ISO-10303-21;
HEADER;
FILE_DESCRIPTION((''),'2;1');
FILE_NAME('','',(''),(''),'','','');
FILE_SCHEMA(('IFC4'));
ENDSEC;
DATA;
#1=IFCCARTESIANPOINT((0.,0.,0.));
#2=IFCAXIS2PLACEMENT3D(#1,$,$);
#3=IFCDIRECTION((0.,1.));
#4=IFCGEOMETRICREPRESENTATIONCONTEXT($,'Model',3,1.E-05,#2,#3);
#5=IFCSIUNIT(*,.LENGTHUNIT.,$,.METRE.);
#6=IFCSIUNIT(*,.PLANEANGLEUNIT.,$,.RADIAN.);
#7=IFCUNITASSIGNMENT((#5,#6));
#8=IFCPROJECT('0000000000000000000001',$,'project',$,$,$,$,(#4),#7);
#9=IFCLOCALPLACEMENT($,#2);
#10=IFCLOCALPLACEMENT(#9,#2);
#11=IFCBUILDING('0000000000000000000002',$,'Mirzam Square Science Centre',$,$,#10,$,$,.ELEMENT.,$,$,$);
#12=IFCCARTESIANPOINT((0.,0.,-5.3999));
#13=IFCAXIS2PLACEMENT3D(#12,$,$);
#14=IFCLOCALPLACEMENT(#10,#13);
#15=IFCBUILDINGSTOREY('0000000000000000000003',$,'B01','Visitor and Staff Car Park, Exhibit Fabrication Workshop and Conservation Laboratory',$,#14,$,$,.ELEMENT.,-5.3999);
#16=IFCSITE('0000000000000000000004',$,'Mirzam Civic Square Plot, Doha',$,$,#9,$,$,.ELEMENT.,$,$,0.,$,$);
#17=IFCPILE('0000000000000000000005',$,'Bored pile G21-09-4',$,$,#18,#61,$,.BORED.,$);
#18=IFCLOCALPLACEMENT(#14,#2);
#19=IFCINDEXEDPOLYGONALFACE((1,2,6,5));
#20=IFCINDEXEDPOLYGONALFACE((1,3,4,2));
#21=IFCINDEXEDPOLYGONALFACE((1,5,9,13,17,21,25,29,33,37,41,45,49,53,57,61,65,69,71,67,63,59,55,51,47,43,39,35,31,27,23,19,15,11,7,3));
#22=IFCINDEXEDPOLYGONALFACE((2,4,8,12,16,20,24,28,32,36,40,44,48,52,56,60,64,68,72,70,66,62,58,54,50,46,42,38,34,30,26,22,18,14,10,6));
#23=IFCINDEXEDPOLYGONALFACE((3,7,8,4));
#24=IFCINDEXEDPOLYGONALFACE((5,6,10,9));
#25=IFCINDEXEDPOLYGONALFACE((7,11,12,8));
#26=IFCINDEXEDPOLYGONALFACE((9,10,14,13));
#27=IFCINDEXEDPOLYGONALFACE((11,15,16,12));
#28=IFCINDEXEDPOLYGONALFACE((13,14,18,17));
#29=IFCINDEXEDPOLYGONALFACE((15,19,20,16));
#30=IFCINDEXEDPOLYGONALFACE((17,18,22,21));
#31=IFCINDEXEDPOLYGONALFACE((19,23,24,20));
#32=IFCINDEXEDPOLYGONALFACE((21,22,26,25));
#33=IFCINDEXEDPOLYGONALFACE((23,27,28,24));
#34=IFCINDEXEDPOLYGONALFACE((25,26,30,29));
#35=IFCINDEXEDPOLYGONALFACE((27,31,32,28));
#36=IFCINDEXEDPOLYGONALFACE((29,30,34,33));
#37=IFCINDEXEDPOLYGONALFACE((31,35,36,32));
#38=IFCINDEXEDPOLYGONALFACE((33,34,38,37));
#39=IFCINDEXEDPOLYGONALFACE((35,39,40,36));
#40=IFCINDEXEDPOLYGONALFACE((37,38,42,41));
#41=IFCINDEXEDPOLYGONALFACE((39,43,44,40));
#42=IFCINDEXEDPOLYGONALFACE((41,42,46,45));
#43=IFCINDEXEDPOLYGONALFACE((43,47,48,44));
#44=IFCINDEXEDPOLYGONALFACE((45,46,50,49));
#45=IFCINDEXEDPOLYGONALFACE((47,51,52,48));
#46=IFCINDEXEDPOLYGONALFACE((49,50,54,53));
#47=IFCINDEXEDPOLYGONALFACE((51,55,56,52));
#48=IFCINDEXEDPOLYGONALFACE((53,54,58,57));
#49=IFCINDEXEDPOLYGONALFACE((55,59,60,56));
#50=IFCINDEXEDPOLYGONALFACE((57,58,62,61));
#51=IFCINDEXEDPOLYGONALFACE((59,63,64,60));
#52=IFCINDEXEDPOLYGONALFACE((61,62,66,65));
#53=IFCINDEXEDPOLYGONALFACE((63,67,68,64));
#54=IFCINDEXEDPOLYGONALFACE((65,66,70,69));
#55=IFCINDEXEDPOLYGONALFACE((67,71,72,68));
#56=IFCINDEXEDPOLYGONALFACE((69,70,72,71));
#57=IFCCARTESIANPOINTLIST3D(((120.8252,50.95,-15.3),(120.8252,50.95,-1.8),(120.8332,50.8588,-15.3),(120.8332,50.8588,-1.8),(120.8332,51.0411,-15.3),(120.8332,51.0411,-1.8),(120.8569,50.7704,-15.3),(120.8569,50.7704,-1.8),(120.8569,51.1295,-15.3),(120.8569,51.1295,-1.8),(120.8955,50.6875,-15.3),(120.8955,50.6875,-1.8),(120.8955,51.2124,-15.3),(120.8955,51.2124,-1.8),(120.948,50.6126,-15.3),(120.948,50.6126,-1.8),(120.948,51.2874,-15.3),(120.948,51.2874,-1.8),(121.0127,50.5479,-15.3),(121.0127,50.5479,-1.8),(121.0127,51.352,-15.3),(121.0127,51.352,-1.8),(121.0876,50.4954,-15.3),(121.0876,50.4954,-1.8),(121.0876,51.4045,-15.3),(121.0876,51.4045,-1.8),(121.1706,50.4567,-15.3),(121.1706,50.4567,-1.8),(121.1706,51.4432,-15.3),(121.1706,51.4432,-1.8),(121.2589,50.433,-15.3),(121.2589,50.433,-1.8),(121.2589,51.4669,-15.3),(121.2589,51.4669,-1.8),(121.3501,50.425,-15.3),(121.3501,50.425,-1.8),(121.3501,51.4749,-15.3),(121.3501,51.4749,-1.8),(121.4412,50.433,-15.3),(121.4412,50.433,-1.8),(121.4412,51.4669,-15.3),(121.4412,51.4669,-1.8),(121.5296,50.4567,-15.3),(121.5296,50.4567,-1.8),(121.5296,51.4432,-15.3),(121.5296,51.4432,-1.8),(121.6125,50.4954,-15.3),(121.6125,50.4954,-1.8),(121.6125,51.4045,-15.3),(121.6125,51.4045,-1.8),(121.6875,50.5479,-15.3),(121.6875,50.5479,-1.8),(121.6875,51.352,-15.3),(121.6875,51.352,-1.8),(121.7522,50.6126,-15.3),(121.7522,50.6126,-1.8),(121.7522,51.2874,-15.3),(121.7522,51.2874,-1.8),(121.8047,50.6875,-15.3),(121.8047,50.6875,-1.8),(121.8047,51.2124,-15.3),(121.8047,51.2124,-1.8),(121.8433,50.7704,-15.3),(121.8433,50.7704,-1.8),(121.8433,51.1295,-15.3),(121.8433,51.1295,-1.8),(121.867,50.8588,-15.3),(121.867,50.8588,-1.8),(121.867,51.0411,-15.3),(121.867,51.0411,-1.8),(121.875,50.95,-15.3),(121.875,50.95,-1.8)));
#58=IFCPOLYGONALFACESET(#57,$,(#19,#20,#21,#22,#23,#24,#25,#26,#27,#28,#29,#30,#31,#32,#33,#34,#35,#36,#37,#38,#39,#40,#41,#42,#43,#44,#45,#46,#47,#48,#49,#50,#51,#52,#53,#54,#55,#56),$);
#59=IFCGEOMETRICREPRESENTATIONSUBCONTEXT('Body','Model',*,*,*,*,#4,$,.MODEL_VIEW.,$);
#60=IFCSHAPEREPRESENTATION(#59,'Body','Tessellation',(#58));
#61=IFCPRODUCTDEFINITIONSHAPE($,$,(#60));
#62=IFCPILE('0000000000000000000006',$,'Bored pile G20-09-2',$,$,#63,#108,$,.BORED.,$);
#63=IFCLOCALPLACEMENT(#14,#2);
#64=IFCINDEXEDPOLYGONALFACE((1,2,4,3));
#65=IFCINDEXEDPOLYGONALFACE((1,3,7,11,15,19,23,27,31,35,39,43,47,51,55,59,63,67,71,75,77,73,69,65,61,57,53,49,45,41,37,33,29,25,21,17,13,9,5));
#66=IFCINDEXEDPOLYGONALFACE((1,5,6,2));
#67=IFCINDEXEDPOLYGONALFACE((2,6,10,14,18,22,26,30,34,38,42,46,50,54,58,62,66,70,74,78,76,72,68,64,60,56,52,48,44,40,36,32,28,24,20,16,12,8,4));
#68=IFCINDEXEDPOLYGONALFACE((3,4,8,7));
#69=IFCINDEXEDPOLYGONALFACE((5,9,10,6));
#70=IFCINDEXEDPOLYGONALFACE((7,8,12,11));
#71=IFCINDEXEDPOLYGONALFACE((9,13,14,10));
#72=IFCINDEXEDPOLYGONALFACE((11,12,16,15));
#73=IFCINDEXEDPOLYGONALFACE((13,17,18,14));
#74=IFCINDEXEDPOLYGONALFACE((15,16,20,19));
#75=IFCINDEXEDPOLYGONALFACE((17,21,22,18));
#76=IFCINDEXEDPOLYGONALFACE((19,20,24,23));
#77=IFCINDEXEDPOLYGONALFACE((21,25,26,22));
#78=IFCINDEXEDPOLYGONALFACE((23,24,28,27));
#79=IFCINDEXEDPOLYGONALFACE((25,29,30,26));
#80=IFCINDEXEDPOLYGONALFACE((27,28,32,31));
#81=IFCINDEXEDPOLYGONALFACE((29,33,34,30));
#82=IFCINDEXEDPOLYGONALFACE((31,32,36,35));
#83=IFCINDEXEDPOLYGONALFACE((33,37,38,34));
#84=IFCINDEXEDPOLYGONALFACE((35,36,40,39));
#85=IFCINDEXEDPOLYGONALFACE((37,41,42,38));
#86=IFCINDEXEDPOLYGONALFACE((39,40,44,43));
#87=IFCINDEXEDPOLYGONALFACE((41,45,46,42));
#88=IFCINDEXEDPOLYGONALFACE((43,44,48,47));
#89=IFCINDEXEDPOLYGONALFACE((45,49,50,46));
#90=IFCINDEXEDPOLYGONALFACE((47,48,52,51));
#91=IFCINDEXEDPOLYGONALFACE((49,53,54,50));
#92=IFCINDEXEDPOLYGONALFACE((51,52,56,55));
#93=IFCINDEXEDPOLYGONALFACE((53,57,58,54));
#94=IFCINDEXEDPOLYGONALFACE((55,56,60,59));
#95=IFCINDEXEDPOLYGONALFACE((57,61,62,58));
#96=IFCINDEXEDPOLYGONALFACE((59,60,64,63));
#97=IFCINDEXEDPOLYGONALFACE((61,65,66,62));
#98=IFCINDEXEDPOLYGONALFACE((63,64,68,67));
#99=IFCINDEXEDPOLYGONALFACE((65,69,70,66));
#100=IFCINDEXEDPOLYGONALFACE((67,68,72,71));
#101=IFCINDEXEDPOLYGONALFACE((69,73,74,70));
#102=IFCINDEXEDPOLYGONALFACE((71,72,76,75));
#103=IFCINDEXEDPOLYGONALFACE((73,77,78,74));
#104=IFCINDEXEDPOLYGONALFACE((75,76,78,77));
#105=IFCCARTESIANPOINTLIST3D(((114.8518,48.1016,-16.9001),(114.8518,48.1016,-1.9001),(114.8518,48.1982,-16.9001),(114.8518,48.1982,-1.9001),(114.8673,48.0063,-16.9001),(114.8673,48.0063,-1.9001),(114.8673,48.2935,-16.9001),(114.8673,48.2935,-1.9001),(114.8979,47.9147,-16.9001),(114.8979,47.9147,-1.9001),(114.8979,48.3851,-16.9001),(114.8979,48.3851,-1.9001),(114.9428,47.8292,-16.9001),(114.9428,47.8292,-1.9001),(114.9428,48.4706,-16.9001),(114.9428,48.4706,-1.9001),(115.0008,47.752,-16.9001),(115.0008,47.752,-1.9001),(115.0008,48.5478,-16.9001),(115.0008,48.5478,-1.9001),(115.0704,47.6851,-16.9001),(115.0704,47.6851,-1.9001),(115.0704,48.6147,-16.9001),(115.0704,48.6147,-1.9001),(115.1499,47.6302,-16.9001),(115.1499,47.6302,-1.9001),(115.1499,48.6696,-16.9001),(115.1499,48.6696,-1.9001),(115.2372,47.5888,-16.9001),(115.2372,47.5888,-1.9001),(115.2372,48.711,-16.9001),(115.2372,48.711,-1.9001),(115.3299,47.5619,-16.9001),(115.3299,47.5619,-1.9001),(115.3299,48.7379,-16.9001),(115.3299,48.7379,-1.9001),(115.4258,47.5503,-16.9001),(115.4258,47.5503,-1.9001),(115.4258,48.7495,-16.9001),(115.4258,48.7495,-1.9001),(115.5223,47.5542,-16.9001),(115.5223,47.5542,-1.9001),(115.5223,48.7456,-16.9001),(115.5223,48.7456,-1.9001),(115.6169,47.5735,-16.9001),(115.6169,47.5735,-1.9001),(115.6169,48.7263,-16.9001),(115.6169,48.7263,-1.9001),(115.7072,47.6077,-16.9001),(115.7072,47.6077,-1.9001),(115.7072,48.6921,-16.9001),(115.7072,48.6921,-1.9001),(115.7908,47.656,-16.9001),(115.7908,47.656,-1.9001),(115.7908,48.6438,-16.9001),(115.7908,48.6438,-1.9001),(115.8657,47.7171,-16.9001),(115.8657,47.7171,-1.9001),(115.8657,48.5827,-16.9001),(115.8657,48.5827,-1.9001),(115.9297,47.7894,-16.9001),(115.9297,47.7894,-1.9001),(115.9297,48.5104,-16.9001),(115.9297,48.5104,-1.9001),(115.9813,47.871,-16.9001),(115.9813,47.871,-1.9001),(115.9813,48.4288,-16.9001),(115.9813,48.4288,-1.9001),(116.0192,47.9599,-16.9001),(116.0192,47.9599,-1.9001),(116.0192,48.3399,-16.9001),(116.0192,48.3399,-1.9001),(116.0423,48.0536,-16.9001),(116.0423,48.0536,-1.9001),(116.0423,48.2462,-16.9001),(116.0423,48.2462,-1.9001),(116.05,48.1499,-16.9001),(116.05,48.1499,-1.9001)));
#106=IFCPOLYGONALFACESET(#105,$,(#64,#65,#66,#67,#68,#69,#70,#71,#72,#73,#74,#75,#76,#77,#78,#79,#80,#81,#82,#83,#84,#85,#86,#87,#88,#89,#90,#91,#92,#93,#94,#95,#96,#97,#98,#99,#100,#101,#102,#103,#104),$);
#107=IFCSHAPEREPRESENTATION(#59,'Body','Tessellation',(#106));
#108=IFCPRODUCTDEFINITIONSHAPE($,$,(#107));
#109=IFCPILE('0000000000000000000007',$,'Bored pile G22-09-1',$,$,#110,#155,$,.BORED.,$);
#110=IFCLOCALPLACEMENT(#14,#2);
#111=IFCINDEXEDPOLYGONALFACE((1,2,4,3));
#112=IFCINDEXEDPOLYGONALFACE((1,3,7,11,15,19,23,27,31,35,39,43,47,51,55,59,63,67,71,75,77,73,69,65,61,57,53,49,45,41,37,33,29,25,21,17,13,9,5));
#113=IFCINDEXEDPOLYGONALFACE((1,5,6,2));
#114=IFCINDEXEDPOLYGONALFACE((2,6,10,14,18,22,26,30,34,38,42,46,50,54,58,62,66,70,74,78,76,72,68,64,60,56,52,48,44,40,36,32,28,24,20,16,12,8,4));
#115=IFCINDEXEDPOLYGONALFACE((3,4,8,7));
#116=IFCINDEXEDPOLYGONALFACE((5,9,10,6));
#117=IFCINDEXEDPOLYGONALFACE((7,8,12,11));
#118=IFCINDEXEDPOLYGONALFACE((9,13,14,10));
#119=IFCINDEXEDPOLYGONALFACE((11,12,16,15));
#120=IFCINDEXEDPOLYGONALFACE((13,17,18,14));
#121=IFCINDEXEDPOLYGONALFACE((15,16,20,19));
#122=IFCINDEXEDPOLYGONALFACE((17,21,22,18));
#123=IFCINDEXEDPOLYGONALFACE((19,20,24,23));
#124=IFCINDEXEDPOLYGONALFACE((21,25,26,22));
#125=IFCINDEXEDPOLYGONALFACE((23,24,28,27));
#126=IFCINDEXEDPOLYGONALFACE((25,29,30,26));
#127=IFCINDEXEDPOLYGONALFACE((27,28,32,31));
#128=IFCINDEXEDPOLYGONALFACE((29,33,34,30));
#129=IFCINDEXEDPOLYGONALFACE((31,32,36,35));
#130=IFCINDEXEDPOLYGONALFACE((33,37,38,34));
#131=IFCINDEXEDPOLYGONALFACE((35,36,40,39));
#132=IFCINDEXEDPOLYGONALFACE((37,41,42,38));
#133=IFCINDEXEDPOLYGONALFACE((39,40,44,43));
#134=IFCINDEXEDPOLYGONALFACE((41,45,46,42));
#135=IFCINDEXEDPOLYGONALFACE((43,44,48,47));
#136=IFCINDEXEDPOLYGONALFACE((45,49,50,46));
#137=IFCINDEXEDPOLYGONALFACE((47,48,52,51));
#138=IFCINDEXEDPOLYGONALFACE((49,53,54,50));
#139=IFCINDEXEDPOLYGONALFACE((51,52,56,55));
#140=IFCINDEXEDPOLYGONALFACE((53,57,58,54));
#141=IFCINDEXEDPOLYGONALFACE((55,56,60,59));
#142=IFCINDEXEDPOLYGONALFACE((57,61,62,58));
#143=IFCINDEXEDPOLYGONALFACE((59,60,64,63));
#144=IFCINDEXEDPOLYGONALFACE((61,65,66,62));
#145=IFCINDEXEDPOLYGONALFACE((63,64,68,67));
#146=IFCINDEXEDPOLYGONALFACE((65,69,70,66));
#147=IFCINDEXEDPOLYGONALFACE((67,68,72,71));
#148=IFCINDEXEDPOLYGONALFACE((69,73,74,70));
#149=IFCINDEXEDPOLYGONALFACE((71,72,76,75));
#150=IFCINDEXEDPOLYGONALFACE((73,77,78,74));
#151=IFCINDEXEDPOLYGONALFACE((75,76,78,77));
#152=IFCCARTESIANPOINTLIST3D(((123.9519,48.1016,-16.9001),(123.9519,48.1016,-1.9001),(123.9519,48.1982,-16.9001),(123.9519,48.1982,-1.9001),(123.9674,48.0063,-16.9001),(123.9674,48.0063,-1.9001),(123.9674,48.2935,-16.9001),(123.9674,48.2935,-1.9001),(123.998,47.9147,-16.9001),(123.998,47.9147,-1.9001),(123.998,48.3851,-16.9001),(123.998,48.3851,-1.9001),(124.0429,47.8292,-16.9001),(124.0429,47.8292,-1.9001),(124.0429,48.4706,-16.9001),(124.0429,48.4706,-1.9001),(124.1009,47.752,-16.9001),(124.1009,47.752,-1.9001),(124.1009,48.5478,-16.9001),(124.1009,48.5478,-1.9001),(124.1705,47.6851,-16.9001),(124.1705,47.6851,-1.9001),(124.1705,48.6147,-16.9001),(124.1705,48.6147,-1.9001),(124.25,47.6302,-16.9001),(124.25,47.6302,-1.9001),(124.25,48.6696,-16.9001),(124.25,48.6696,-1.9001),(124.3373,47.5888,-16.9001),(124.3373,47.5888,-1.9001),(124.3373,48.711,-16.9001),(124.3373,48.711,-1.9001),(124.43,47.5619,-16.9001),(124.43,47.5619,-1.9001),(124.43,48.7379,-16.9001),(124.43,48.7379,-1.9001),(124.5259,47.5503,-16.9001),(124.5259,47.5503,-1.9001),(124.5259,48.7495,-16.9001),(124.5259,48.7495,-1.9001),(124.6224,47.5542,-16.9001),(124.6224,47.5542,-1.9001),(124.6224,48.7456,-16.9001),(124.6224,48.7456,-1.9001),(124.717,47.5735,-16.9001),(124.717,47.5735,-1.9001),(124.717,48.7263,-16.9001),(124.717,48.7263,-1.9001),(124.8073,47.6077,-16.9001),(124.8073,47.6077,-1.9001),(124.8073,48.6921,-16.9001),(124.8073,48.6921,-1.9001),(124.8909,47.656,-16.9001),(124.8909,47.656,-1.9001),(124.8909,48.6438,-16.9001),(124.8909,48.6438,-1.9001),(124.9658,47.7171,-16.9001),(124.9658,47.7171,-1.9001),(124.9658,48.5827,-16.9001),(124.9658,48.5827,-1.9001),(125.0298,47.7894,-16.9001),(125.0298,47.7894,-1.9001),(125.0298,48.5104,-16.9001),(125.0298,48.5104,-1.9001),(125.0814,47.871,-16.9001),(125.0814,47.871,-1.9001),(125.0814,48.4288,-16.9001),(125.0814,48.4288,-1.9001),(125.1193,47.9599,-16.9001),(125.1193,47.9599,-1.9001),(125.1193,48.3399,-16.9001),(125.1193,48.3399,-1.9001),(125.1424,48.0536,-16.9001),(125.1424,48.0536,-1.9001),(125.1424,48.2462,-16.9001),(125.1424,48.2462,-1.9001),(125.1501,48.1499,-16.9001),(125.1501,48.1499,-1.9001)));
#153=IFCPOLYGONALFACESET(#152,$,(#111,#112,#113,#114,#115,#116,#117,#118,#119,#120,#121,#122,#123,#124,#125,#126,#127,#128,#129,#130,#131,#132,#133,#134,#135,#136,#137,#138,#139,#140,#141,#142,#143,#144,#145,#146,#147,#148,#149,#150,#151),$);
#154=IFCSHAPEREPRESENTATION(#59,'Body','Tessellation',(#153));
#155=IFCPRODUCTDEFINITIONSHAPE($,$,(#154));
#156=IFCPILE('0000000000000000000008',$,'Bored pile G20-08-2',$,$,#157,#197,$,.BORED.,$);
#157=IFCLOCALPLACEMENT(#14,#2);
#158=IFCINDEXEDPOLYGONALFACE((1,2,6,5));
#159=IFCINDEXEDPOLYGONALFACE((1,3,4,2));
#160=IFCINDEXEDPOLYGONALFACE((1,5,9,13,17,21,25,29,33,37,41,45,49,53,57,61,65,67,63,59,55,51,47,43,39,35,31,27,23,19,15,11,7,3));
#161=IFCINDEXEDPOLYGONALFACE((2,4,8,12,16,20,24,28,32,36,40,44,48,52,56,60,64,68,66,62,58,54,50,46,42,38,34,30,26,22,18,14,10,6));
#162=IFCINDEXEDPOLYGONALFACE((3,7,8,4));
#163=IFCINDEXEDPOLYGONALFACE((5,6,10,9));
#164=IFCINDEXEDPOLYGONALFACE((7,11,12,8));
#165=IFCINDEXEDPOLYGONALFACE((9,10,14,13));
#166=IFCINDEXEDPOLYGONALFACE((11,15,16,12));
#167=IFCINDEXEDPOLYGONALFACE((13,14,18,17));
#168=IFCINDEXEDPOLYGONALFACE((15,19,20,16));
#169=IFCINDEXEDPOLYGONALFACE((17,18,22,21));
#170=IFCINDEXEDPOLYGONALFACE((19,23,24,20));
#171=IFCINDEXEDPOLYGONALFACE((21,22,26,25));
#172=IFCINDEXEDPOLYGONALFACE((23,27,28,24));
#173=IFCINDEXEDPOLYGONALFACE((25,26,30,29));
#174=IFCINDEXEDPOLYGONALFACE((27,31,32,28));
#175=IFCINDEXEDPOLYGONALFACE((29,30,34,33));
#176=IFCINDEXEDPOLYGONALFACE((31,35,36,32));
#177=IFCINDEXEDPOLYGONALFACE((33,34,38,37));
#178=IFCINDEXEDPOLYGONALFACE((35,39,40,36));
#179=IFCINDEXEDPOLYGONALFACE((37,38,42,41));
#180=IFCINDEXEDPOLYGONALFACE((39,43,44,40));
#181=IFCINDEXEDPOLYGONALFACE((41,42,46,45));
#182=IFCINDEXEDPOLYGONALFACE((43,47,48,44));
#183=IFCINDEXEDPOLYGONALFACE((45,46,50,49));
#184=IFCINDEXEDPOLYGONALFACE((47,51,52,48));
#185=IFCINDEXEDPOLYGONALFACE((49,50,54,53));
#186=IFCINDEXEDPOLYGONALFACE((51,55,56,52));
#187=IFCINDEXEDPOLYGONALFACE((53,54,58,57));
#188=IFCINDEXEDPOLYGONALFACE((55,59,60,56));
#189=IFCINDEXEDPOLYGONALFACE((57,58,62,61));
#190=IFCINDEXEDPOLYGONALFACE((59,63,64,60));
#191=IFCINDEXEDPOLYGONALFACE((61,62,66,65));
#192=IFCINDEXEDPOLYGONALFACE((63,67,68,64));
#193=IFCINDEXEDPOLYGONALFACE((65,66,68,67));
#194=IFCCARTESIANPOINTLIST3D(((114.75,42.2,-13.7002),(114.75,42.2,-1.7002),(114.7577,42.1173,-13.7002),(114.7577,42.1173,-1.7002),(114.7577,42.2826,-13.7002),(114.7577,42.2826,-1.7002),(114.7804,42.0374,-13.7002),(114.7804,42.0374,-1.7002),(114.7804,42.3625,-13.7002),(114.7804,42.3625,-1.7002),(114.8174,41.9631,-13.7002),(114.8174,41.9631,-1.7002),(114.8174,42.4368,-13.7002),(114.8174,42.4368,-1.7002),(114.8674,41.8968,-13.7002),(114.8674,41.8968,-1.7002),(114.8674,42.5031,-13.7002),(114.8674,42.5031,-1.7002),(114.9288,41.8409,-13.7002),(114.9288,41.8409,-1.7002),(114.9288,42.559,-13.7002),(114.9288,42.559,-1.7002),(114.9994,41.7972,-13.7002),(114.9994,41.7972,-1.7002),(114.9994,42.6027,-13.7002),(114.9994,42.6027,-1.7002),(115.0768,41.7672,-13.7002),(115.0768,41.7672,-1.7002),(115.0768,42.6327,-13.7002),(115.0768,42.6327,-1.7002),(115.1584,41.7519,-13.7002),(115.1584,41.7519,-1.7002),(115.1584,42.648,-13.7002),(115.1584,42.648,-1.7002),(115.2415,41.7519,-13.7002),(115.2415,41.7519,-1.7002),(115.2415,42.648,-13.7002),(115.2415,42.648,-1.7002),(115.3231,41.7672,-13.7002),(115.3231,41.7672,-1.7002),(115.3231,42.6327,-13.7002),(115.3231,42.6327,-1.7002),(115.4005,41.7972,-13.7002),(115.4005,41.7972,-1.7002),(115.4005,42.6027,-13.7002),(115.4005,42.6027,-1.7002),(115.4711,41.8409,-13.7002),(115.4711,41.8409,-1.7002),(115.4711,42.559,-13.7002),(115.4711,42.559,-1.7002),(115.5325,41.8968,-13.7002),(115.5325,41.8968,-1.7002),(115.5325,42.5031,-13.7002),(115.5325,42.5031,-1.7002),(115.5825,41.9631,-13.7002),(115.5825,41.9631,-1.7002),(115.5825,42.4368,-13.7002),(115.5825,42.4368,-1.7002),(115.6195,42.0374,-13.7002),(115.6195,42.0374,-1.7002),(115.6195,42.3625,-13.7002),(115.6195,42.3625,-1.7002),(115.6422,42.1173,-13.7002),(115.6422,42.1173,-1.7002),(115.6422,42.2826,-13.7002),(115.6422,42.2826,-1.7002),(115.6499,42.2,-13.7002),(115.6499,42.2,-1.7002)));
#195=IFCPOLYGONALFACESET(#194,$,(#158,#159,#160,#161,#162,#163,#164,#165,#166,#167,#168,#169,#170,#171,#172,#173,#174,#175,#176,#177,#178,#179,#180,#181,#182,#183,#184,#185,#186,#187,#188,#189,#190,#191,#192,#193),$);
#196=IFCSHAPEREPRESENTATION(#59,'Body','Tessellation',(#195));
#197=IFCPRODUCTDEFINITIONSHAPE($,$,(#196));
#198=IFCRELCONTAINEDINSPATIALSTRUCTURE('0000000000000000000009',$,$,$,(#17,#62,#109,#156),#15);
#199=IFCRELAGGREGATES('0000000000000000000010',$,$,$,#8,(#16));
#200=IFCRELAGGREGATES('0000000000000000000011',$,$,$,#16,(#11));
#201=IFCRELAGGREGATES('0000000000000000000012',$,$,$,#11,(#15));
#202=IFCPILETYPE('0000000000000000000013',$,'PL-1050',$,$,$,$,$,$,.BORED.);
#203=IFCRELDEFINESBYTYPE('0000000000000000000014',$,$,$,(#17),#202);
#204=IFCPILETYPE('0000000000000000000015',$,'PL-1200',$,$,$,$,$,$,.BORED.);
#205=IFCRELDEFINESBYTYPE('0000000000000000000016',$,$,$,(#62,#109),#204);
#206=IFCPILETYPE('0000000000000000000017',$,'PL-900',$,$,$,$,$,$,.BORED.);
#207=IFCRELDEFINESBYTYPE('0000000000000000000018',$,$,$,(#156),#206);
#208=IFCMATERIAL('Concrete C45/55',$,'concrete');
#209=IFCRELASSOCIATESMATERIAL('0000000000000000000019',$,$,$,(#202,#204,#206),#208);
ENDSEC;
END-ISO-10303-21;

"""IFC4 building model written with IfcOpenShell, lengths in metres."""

from ifc_helpers import new_model, si_unit, direction, frame, origin, origin_2d, place, context, subcontext, project, spatial, circle, extrude, material, material_profile, profile_set, type_object, element, save


model = new_model("IFC4")

# Units and contexts
model_context = context("Model", 3, precision=1e-05, world=origin(), true_north=direction((0.0, 1.0)))
body_context = subcontext(model_context, "Body", "Model", "MODEL_VIEW")
ifc_project = project(units=[si_unit("LENGTHUNIT", "METRE"), si_unit("PLANEANGLEUNIT", "RADIAN")], contexts=[model_context])

# Site, building, storey
site_placement = place(None, origin())
site = spatial("IfcSite", under=ifc_project, at=site_placement, Name="Mirzam Civic Square Plot, Doha", CompositionType="ELEMENT", RefElevation=0.0)
building_placement = place(site_placement, origin())
building = spatial("IfcBuilding", under=site, at=building_placement, Name="Mirzam Square Science Centre", CompositionType="ELEMENT")
storey_placement = place(building_placement, frame((0.0, 0.0, -5.3999)))
storey = spatial("IfcBuildingStorey", under=building, at=storey_placement, Name="B01", Description="Visitor and Staff Car Park, Exhibit Fabrication Workshop and Conservation Laboratory", CompositionType="ELEMENT", Elevation=-5.3999)

# Shared definitions
ifc_material_1 = material(Name="Concrete C45/55", Category="concrete")

# Piles
ifc_material_profile_1 = material_profile(ifc_material_1, circle(Radius=0.5249, at=origin_2d()), Name="PILE-D1050")
ifc_profile_set_1 = profile_set([ifc_material_profile_1], Name="Concrete C45/55")
pile_type_1 = type_object("IfcPileType", Name="PL-1050", PredefinedType="BORED", material=ifc_profile_set_1)
for number, where, z_axis, x_axis, name in (
    (1, (121.3501, 50.95, -1.8), (0.0, 0.0, -1.0), (1.0, 0.0, 0.0), "Bored pile G21-09-4"),
):
    element("IfcPile", number, at=place(storey_placement, frame(where, z_axis=z_axis, x_axis=x_axis)), inside=storey, type_object=pile_type_1, Name=name, PredefinedType="BORED", context=body_context, shape_type="SweptSolid", body=[
        extrude(circle(Radius=0.5249, at=origin_2d()), origin(), (0.0, 0.0, 1.0), 13.5),
    ])
ifc_material_profile_2 = material_profile(ifc_material_1, circle(Radius=0.6001, at=origin_2d()), Name="PILE-D1200")
ifc_profile_set_2 = profile_set([ifc_material_profile_2], Name="Concrete C45/55")
pile_type_2 = type_object("IfcPileType", Name="PL-1200", PredefinedType="BORED", material=ifc_profile_set_2)
for number, where, z_axis, x_axis, name in (
    (2, (115.45, 48.1499, -1.9001), (0.0, 0.0, -1.0), (1.0, 0.0, 0.0), "Bored pile G20-09-2"),
    (3, (124.55, 48.1499, -1.9001), (0.0, 0.0, -1.0), (1.0, 0.0, 0.0), "Bored pile G22-09-1"),
):
    element("IfcPile", number, at=place(storey_placement, frame(where, z_axis=z_axis, x_axis=x_axis)), inside=storey, type_object=pile_type_2, Name=name, PredefinedType="BORED", context=body_context, shape_type="SweptSolid", body=[
        extrude(circle(Radius=0.6001, at=origin_2d()), origin(), (0.0, 0.0, 1.0), 15.0),
    ])
ifc_material_profile_3 = material_profile(ifc_material_1, circle(Radius=0.45, at=origin_2d()), Name="PILE-D900")
ifc_profile_set_3 = profile_set([ifc_material_profile_3], Name="Concrete C45/55")
pile_type_3 = type_object("IfcPileType", Name="PL-900", PredefinedType="BORED", material=ifc_profile_set_3)
for number, where, z_axis, x_axis, name in (
    (4, (115.2, 42.2, -1.7002), (0.0, 0.0, -1.0), (1.0, 0.0, 0.0), "Bored pile G20-08-2"),
):
    element("IfcPile", number, at=place(storey_placement, frame(where, z_axis=z_axis, x_axis=x_axis)), inside=storey, type_object=pile_type_3, Name=name, PredefinedType="BORED", context=body_context, shape_type="SweptSolid", body=[
        extrude(circle(Radius=0.45, at=origin_2d()), origin(), (0.0, 0.0, 1.0), 12.0),
    ])

save(model, "model.ifc")
